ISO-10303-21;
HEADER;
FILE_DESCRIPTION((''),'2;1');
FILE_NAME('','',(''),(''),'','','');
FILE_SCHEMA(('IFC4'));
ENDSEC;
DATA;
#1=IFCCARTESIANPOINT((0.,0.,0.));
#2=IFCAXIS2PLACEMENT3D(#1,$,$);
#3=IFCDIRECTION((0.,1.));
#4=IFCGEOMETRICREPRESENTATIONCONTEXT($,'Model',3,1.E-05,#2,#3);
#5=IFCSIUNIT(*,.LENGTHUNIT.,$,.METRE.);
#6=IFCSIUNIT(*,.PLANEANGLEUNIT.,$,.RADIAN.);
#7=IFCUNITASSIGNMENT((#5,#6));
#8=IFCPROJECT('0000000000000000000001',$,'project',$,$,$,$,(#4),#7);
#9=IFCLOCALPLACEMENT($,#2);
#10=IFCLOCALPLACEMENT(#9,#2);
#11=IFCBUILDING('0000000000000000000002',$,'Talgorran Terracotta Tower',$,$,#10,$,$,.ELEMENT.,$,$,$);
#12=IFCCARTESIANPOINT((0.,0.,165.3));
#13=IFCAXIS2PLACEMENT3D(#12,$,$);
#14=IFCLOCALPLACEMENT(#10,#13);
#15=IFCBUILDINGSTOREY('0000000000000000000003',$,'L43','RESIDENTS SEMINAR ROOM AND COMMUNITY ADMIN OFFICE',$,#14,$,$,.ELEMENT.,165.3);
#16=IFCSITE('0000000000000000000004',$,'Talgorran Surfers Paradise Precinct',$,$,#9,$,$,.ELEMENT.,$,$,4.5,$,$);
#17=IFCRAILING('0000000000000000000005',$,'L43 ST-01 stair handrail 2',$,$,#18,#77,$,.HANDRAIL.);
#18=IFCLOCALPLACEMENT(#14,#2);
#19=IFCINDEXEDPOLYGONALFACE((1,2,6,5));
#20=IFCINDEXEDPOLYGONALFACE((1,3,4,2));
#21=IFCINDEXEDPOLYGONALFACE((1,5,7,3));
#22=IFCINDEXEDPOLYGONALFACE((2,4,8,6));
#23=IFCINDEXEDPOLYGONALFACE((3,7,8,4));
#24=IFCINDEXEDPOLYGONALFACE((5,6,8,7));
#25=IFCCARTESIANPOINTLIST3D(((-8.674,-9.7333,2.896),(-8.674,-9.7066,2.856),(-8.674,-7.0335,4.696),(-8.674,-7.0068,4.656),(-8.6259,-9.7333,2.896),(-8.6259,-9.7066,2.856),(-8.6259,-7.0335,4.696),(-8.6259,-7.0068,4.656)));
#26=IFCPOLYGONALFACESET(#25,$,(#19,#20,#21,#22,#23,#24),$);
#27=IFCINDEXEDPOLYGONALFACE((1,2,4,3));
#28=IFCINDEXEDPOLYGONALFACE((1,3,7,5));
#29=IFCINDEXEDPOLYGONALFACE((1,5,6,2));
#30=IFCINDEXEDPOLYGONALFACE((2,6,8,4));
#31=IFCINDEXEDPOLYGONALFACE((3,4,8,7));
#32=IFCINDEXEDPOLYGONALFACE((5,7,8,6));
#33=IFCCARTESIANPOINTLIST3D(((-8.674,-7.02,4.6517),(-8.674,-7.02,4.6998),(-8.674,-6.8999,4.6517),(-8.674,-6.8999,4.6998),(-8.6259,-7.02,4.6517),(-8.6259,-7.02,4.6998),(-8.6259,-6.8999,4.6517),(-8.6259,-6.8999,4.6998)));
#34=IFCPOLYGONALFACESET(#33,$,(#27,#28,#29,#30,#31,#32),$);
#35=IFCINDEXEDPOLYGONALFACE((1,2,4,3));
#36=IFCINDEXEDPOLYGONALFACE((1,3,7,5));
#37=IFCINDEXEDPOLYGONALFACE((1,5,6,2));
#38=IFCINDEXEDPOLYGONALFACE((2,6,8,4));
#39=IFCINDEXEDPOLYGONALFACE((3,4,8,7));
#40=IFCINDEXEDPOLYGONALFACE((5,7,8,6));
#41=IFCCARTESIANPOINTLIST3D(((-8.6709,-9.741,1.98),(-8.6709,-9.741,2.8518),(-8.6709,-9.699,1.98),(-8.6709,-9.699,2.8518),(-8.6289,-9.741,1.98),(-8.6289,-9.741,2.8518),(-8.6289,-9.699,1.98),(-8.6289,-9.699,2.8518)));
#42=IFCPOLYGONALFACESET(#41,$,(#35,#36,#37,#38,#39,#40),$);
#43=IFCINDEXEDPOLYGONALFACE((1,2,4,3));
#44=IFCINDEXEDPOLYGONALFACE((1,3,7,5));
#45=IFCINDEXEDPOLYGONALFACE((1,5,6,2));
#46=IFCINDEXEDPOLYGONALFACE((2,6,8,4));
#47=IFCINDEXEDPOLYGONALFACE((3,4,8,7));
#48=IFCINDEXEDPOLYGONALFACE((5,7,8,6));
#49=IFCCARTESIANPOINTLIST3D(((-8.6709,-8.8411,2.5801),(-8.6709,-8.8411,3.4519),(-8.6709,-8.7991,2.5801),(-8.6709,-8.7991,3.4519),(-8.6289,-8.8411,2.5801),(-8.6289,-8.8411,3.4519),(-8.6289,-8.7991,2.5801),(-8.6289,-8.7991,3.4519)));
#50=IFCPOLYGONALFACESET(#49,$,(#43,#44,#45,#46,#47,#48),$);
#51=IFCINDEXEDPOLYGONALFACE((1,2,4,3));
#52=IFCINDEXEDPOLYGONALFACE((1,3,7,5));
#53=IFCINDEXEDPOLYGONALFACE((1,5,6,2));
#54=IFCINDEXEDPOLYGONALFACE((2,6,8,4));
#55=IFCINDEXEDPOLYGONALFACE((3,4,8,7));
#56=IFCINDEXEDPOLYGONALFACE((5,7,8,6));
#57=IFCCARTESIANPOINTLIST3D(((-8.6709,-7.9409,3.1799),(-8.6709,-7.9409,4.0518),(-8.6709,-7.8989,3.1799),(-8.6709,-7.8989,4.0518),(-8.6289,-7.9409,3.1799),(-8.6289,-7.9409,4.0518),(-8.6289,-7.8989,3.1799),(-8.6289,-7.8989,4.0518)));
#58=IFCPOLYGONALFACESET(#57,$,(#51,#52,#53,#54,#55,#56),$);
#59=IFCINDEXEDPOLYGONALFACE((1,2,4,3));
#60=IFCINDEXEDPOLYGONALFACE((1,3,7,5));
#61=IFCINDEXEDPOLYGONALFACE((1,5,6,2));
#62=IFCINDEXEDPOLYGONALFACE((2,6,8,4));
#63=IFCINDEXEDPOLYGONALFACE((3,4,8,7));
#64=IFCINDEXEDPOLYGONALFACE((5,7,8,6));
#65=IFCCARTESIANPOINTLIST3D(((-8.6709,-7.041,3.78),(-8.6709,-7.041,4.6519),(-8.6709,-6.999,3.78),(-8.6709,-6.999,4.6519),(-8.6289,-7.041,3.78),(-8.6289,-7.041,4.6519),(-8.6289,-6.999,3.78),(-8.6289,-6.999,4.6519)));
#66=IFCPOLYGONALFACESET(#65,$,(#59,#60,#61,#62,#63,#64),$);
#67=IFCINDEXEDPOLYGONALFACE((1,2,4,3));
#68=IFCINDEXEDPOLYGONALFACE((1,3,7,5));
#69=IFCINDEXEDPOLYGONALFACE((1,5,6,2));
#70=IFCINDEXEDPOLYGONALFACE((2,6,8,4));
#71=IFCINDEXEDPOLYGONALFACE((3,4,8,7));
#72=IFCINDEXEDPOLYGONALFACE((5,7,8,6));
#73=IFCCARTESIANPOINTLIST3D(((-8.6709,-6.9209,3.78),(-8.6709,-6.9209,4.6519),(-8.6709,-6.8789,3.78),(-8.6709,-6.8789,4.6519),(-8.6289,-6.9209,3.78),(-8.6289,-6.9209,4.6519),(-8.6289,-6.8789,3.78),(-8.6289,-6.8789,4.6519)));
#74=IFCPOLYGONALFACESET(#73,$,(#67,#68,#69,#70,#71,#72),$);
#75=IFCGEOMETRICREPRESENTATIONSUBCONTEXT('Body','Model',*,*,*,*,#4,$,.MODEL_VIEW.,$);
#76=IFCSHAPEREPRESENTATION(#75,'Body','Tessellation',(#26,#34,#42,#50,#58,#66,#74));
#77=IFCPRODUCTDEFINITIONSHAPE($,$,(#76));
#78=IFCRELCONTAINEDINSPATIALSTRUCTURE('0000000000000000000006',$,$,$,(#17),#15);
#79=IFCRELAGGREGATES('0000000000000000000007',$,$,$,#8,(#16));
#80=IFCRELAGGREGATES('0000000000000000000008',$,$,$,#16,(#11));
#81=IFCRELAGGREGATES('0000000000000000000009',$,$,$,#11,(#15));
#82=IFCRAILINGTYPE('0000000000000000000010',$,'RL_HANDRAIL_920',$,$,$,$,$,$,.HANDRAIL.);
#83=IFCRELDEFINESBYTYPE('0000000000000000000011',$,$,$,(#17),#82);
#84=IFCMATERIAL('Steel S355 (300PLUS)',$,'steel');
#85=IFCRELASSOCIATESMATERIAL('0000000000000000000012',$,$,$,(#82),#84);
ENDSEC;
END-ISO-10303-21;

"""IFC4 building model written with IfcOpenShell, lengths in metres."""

from ifc_helpers import new_model, si_unit, direction, frame, origin, origin_2d, place, context, subcontext, project, spatial, rectangle, extrude, material, type_object, element, save


model = new_model("IFC4")

# Units and contexts
model_context = context("Model", 3, precision=1e-05, world=origin(), true_north=direction((0.0, 1.0)))
body_context = subcontext(model_context, "Body", "Model", "MODEL_VIEW")
ifc_project = project(units=[si_unit("LENGTHUNIT", "METRE"), si_unit("PLANEANGLEUNIT", "RADIAN")], contexts=[model_context])

# Site, building, storey
site_placement = place(None, origin())
site = spatial("IfcSite", under=ifc_project, at=site_placement, Name="Talgorran Surfers Paradise Precinct", CompositionType="ELEMENT", RefElevation=4.5)
building_placement = place(site_placement, origin())
building = spatial("IfcBuilding", under=site, at=building_placement, Name="Talgorran Terracotta Tower", CompositionType="ELEMENT")
storey_placement = place(building_placement, frame((0.0, 0.0, 165.3)))
storey = spatial("IfcBuildingStorey", under=building, at=storey_placement, Name="L43", Description="RESIDENTS SEMINAR ROOM AND COMMUNITY ADMIN OFFICE", CompositionType="ELEMENT", Elevation=165.3)

# Shared definitions
ifc_material_1 = material(Name="Steel S355 (300PLUS)", Category="steel")

# Railing
railing_type = type_object("IfcRailingType", Name="RL_HANDRAIL_920", PredefinedType="HANDRAIL", material=ifc_material_1)
railing_placement = place(storey_placement, frame((-8.6499, -9.72, 1.98)))
element("IfcRailing", 1, at=railing_placement, inside=storey, type_object=railing_type, Name="L43 ST-01 stair handrail 2", PredefinedType="HANDRAIL", context=body_context, shape_type="SweptSolid", body=[
    extrude(rectangle(XDim=0.0481, YDim=0.0481, at=origin_2d()), frame((0.0, 0.0, 0.896), z_axis=(0.0, 0.832039, 0.554718), x_axis=(-1.0, 0.0, 0.0)), (0.0, 0.0, 1.0), 3.2449),
    extrude(rectangle(XDim=0.0481, YDim=0.0481, at=origin_2d()), frame((0.0, 2.7, 2.6958), z_axis=(0.0, 1.0, 0.0), x_axis=(-1.0, 0.0, 0.0)), (0.0, 0.0, 1.0), 0.1201),
    extrude(rectangle(XDim=0.042, YDim=0.042, at=origin_2d()), origin(), (0.0, 0.0, 1.0), 0.8718),
    extrude(rectangle(XDim=0.042, YDim=0.042, at=origin_2d()), frame((0.0, 0.8999, 0.6001)), (0.0, 0.0, 1.0), 0.8718),
    extrude(rectangle(XDim=0.042, YDim=0.042, at=origin_2d()), frame((0.0, 1.8, 1.2)), (0.0, 0.0, 1.0), 0.8718),
    extrude(rectangle(XDim=0.042, YDim=0.042, at=origin_2d()), frame((0.0, 2.7, 1.8)), (0.0, 0.0, 1.0), 0.8718),
    extrude(rectangle(XDim=0.042, YDim=0.042, at=origin_2d()), frame((0.0, 2.8201, 1.8)), (0.0, 0.0, 1.0), 0.8718),
])

save(model, "model.ifc")
